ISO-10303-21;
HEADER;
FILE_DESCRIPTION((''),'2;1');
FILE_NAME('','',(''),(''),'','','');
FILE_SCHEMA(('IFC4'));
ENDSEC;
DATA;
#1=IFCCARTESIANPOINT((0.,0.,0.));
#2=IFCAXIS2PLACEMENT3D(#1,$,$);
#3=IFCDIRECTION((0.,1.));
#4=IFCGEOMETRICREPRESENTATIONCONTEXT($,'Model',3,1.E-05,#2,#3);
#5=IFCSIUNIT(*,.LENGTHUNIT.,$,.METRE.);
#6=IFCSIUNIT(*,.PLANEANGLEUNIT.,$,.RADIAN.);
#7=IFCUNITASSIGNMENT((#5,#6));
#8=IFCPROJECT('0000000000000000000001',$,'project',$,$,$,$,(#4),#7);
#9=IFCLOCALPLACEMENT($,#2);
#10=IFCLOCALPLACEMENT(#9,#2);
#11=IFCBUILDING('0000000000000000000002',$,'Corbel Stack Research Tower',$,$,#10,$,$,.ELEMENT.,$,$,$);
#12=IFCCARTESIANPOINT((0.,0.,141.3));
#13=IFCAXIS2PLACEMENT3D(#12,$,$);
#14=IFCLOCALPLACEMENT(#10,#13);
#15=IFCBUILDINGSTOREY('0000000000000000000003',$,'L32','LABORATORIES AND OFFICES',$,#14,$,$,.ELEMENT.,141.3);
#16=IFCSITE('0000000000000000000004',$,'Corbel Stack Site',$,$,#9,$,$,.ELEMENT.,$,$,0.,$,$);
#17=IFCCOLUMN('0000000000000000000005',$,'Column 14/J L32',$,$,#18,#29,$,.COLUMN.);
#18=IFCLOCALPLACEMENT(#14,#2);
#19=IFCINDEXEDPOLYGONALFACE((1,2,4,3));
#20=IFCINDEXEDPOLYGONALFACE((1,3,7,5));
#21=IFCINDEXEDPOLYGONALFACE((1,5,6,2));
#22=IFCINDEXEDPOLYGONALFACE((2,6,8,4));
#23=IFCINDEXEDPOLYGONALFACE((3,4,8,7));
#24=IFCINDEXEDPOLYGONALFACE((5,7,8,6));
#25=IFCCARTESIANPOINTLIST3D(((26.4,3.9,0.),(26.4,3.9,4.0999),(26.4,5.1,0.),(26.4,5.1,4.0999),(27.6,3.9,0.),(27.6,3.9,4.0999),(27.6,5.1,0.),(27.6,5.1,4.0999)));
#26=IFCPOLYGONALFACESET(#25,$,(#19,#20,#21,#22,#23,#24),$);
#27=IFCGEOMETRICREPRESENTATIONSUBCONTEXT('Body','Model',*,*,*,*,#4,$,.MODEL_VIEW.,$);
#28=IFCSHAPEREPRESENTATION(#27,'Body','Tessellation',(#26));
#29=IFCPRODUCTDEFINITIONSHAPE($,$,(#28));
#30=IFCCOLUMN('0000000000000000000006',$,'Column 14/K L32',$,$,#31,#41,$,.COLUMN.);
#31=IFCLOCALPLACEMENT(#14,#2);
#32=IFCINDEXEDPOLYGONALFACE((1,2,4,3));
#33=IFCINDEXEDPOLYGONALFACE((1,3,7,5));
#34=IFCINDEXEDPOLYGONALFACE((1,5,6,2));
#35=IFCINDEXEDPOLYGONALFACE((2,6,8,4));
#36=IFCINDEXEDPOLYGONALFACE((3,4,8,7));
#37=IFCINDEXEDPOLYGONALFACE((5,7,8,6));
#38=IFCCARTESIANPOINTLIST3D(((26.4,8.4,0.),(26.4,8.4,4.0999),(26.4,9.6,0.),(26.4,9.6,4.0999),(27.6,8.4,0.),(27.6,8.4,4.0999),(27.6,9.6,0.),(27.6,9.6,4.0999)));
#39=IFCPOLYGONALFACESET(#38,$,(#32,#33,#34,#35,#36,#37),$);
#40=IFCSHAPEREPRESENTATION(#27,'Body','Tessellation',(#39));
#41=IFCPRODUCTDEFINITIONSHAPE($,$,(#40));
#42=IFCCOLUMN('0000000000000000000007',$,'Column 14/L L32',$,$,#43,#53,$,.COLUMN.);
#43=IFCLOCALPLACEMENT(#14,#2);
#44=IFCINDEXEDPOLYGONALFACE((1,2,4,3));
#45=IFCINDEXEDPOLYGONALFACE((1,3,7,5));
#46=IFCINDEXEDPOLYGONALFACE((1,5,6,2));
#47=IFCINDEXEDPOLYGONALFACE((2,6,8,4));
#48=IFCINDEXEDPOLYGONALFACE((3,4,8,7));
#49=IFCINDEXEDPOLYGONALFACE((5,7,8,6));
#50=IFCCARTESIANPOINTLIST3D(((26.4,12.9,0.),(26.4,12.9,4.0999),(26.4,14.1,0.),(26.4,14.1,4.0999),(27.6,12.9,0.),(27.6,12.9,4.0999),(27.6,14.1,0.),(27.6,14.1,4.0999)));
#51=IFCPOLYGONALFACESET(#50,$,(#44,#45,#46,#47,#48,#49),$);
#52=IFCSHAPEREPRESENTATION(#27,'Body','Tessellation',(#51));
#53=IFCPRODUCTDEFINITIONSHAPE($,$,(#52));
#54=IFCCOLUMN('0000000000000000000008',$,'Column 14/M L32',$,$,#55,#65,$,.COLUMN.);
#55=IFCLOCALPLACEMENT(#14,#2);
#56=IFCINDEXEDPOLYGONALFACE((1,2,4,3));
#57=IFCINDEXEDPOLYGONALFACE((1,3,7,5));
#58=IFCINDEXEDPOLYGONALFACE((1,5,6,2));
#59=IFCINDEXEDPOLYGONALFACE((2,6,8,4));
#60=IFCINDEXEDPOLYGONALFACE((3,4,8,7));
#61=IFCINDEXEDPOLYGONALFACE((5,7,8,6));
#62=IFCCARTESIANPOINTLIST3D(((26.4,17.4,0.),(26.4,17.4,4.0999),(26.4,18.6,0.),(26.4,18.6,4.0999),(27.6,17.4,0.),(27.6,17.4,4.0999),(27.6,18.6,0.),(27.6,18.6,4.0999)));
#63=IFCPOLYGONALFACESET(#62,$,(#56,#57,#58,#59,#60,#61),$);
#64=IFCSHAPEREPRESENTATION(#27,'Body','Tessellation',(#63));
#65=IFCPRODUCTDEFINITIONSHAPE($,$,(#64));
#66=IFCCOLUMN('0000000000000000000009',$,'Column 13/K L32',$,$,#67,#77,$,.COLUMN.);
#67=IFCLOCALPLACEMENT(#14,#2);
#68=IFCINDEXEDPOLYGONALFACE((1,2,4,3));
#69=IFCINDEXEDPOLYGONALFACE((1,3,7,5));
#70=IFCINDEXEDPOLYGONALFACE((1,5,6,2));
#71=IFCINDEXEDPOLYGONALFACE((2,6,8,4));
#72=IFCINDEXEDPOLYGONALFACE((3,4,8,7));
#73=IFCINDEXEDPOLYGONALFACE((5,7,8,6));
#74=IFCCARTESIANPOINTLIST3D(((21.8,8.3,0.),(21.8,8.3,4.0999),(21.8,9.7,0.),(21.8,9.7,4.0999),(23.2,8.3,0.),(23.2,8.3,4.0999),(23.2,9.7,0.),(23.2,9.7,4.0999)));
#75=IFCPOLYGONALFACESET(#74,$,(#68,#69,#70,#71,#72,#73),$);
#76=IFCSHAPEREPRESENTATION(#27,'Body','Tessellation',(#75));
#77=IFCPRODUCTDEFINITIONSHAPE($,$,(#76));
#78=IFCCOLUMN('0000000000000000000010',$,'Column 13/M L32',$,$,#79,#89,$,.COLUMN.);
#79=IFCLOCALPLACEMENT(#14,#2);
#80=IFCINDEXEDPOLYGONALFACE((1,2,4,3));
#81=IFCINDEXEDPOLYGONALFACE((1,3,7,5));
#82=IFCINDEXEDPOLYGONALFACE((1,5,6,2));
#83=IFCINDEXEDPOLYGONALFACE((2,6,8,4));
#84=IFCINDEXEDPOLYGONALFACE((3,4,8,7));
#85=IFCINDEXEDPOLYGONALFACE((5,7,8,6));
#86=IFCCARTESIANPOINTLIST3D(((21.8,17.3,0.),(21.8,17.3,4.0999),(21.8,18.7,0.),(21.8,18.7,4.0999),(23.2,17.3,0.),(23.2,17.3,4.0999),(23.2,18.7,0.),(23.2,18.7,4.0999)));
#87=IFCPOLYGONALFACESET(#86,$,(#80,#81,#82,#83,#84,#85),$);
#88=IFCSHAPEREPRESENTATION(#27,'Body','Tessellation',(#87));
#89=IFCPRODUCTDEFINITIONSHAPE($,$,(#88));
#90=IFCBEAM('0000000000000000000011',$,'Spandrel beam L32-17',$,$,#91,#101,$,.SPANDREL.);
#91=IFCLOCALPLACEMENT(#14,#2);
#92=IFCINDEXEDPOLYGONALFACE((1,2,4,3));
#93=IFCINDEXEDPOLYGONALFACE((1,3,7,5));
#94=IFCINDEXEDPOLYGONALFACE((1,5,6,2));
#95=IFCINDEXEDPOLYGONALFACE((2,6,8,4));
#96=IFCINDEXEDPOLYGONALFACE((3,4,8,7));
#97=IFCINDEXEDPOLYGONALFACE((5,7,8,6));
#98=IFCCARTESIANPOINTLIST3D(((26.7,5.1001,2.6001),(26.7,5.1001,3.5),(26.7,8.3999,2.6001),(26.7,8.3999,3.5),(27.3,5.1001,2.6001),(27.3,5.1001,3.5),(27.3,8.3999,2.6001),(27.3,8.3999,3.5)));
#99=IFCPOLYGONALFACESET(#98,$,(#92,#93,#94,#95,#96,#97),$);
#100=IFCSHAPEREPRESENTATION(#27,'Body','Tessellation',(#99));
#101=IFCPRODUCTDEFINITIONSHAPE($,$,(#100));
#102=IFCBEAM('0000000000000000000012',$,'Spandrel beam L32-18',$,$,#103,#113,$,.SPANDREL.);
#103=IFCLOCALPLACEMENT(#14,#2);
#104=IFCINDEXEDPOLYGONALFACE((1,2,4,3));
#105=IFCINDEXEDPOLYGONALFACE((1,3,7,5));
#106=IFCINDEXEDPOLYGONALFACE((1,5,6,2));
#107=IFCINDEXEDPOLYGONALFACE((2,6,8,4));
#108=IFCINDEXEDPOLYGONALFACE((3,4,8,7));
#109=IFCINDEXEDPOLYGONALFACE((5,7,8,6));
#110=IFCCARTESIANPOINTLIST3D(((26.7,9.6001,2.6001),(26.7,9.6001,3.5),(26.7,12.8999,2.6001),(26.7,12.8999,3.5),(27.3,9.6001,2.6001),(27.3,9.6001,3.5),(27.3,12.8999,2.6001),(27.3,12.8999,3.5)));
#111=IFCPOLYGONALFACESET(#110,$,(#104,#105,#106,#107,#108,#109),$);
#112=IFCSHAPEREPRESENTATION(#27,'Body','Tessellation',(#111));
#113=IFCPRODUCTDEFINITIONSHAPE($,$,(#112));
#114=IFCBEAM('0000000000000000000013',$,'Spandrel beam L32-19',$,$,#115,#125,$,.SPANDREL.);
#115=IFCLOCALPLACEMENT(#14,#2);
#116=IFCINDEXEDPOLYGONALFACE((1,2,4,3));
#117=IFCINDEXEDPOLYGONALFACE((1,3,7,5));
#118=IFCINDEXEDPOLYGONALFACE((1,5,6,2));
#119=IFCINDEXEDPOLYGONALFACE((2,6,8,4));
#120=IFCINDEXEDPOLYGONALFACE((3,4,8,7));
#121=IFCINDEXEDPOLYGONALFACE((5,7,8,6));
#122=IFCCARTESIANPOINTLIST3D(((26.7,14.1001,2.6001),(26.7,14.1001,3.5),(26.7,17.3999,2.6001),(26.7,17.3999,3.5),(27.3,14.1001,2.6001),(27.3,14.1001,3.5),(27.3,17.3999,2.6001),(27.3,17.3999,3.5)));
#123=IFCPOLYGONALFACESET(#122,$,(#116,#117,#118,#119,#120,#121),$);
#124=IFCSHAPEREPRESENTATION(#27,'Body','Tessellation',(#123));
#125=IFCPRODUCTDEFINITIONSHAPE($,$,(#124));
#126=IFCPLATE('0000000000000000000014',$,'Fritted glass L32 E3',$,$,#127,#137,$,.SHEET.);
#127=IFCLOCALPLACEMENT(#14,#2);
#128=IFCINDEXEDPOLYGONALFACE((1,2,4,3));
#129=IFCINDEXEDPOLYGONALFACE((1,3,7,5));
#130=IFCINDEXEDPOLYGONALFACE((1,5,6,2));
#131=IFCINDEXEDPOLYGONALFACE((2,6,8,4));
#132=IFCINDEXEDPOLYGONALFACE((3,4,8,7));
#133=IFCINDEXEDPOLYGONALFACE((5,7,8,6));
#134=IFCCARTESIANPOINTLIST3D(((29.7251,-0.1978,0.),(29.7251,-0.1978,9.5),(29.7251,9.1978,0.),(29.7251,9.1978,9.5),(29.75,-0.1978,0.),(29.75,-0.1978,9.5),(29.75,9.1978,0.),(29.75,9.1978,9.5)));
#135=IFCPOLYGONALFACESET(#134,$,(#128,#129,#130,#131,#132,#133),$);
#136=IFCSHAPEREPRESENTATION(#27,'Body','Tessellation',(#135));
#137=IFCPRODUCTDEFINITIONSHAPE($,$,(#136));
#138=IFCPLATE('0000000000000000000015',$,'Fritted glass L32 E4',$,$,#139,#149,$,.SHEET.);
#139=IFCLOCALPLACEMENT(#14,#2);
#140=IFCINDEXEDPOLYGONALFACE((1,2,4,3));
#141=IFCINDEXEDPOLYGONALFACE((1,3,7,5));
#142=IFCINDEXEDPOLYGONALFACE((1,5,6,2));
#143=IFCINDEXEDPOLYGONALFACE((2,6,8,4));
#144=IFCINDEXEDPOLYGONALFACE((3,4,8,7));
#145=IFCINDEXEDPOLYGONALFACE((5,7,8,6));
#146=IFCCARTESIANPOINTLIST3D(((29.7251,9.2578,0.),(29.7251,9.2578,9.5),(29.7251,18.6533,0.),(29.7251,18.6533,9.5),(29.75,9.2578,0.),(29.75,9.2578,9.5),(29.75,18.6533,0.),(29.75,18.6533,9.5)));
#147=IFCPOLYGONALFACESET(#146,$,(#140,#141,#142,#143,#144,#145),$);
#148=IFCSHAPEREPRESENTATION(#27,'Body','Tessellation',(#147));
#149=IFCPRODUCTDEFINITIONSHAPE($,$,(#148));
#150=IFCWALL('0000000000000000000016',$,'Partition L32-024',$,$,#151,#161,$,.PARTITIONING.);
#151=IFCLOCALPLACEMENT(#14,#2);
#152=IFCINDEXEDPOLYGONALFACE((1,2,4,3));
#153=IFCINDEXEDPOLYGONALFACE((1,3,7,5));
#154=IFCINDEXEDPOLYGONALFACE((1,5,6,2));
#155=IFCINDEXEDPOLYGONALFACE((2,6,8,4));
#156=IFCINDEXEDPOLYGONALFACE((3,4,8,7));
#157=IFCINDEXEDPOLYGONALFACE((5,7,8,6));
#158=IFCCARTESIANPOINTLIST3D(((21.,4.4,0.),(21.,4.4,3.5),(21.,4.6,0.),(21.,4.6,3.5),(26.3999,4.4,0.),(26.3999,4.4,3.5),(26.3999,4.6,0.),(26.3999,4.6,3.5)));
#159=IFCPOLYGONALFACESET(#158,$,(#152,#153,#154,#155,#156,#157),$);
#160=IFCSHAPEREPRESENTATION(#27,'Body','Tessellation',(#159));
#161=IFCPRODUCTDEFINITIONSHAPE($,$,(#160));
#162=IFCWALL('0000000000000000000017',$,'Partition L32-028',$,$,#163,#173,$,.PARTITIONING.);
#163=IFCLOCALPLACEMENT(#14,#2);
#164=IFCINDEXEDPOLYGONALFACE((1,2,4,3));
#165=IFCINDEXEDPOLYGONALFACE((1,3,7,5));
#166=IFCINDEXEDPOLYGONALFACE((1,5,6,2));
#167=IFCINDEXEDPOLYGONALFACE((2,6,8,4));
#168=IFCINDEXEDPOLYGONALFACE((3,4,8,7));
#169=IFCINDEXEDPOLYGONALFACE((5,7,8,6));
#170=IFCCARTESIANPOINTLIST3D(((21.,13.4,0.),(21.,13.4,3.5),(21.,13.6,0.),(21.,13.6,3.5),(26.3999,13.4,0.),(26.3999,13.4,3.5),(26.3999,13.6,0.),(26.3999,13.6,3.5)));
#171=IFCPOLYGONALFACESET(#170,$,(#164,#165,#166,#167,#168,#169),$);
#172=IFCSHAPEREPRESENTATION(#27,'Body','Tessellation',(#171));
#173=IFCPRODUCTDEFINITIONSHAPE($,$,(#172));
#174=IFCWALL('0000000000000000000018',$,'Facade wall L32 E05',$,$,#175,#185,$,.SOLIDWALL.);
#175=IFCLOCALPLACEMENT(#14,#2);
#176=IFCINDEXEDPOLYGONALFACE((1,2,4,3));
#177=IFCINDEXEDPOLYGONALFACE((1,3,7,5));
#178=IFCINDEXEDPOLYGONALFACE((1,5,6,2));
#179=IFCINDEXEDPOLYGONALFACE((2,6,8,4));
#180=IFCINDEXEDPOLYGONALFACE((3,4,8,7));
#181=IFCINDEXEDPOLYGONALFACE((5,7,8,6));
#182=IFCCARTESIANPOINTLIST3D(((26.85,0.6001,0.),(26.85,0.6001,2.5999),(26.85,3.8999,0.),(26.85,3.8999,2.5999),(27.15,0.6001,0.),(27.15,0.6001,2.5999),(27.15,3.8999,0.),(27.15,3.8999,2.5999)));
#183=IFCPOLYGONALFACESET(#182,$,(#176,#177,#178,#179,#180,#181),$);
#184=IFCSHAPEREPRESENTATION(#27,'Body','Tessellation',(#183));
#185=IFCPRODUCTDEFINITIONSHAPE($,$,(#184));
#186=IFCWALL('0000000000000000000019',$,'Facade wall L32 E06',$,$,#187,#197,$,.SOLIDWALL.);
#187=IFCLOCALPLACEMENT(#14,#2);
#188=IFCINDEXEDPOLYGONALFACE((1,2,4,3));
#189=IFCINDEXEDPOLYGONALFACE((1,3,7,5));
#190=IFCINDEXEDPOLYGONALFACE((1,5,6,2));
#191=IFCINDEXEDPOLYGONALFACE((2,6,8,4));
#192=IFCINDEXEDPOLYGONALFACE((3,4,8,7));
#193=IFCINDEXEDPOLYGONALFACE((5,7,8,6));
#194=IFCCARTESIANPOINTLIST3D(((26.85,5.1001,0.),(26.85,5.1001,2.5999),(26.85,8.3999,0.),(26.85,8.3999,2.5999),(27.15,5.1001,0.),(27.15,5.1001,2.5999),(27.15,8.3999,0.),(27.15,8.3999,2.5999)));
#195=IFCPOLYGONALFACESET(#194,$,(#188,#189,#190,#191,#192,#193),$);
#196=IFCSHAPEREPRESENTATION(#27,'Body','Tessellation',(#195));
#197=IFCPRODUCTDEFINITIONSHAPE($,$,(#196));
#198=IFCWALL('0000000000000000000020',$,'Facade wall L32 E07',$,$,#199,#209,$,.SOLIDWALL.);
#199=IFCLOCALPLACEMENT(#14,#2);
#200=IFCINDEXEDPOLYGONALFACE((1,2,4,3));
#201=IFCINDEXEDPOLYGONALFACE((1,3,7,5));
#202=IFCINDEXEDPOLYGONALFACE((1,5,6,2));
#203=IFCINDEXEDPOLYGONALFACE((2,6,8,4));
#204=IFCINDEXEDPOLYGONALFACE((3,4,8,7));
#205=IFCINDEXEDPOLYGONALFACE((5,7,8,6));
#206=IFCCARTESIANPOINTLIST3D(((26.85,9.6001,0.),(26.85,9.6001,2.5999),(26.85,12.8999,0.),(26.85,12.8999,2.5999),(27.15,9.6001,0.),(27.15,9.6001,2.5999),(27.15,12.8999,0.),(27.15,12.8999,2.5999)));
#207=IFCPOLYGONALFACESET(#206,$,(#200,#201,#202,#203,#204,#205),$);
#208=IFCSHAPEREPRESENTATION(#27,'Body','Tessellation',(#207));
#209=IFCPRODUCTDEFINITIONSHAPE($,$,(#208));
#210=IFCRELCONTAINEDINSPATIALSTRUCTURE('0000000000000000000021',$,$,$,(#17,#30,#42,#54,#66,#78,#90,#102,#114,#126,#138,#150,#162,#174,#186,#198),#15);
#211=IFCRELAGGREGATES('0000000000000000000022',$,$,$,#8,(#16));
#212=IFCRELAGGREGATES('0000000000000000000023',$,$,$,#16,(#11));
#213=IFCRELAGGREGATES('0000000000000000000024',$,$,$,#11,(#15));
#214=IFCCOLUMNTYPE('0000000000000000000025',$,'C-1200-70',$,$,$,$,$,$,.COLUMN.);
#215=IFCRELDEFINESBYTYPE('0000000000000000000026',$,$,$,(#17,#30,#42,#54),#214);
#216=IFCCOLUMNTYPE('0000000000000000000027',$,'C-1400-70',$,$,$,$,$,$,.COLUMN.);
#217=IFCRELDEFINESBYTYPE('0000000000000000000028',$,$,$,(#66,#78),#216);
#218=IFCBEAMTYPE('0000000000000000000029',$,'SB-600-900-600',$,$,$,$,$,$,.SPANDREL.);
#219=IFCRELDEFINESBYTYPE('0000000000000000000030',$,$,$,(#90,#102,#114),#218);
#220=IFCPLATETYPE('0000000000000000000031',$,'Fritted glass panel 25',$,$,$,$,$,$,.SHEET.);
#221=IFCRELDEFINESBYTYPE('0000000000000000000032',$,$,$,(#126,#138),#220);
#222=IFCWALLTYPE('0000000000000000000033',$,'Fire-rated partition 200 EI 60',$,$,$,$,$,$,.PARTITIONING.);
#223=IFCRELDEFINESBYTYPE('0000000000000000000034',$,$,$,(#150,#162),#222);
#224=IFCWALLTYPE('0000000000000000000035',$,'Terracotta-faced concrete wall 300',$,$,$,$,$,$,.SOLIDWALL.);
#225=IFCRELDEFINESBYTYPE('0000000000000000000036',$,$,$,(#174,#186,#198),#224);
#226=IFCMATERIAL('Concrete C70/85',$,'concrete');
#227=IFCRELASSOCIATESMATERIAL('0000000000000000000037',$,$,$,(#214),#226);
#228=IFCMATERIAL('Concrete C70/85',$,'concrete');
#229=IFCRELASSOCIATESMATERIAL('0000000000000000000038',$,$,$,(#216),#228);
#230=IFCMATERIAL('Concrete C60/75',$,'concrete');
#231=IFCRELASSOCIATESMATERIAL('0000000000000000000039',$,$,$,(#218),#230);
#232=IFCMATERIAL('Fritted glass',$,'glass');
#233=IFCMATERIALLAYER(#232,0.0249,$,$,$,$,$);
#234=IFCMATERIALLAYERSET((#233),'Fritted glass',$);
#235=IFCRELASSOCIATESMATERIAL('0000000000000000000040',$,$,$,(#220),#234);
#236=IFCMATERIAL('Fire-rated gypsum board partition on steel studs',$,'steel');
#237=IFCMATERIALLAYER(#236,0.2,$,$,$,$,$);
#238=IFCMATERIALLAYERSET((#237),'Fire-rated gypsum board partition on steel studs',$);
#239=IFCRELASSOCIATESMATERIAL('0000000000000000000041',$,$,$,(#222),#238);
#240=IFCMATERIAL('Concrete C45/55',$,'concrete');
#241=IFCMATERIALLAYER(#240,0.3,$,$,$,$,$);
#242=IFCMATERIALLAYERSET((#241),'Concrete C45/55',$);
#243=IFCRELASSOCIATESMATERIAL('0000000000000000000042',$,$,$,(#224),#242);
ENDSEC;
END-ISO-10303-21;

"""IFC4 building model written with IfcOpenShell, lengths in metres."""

from ifc_helpers import new_model, si_unit, direction, frame, frame_2d, origin, origin_2d, place, context, subcontext, project, spatial, rectangle, extrude, material, layer, layer_set, material_profile, profile_set, type_object, element, save


model = new_model("IFC4")

# Units and contexts
model_context = context("Model", 3, precision=1e-05, world=origin(), true_north=direction((0.0, 1.0)))
body_context = subcontext(model_context, "Body", "Model", "MODEL_VIEW")
ifc_project = project(units=[si_unit("LENGTHUNIT", "METRE"), si_unit("PLANEANGLEUNIT", "RADIAN")], contexts=[model_context])

# Site, building, storey
site_placement = place(None, origin())
site = spatial("IfcSite", under=ifc_project, at=site_placement, Name="Corbel Stack Site", CompositionType="ELEMENT", RefElevation=0.0)
building_placement = place(site_placement, origin())
building = spatial("IfcBuilding", under=site, at=building_placement, Name="Corbel Stack Research Tower", CompositionType="ELEMENT")
storey_placement = place(building_placement, frame((0.0, 0.0, 141.3)))
storey = spatial("IfcBuildingStorey", under=building, at=storey_placement, Name="L32", Description="LABORATORIES AND OFFICES", CompositionType="ELEMENT", Elevation=141.3)

# Columns
ifc_material_1 = material(Name="Concrete C70/85", Category="concrete")
ifc_material_profile_1 = material_profile(ifc_material_1, rectangle(XDim=1.2, YDim=1.2, at=origin_2d()), Name="RC 1200 x 1200")
ifc_profile_set_1 = profile_set([ifc_material_profile_1], Name="Concrete C70/85")
column_type_1 = type_object("IfcColumnType", Name="C-1200-70", PredefinedType="COLUMN", material=ifc_profile_set_1)
for number, where, z_axis, x_axis, name in (
    (1, (27.0, 4.5, 0.0), (0.0, 0.0, 1.0), (1.0, 0.0, 0.0), "Column 14/J L32"),
    (2, (27.0, 9.0, 0.0), (0.0, 0.0, 1.0), (1.0, 0.0, 0.0), "Column 14/K L32"),
    (3, (27.0, 13.5, 0.0), (0.0, 0.0, 1.0), (1.0, 0.0, 0.0), "Column 14/L L32"),
    (4, (27.0, 18.0, 0.0), (0.0, 0.0, 1.0), (1.0, 0.0, 0.0), "Column 14/M L32"),
):
    element("IfcColumn", number, at=place(storey_placement, frame(where, z_axis=z_axis, x_axis=x_axis)), inside=storey, type_object=column_type_1, Name=name, PredefinedType="COLUMN", context=body_context, shape_type="SweptSolid", body=[
        extrude(rectangle(XDim=1.2, YDim=1.2, at=origin_2d()), origin(), (0.0, 0.0, 1.0), 4.0999),
    ])
ifc_material_2 = material(Name="Concrete C70/85", Category="concrete")
ifc_material_profile_2 = material_profile(ifc_material_2, rectangle(XDim=1.3999, YDim=1.3999, at=origin_2d()), Name="RC 1400 x 1400")
ifc_profile_set_2 = profile_set([ifc_material_profile_2], Name="Concrete C70/85")
column_type_2 = type_object("IfcColumnType", Name="C-1400-70", PredefinedType="COLUMN", material=ifc_profile_set_2)
for number, where, z_axis, x_axis, name in (
    (5, (22.5, 9.0, 0.0), (0.0, 0.0, 1.0), (1.0, 0.0, 0.0), "Column 13/K L32"),
    (6, (22.5, 18.0, 0.0), (0.0, 0.0, 1.0), (1.0, 0.0, 0.0), "Column 13/M L32"),
):
    element("IfcColumn", number, at=place(storey_placement, frame(where, z_axis=z_axis, x_axis=x_axis)), inside=storey, type_object=column_type_2, Name=name, PredefinedType="COLUMN", context=body_context, shape_type="SweptSolid", body=[
        extrude(rectangle(XDim=1.3999, YDim=1.3999, at=origin_2d()), origin(), (0.0, 0.0, 1.0), 4.0999),
    ])

# Beams
ifc_material_3 = material(Name="Concrete C60/75", Category="concrete")
ifc_material_profile_3 = material_profile(ifc_material_3, rectangle(XDim=0.6001, YDim=0.8999, at=origin_2d()), Name="RC 600 x 900")
ifc_profile_set_3 = profile_set([ifc_material_profile_3], Name="Concrete C60/75")
beam_type = type_object("IfcBeamType", Name="SB-600-900-600", PredefinedType="SPANDREL", material=ifc_profile_set_3)
for number, where, z_axis, x_axis, name in (
    (7, (27.0, 5.1001, 3.05), (0.0, 1.0, 0.0), (-1.0, 0.0, 0.0), "Spandrel beam L32-17"),
    (8, (27.0, 9.6001, 3.05), (0.0, 1.0, 0.0), (-1.0, 0.0, 0.0), "Spandrel beam L32-18"),
    (9, (27.0, 14.1001, 3.05), (0.0, 1.0, 0.0), (-1.0, 0.0, 0.0), "Spandrel beam L32-19"),
):
    element("IfcBeam", number, at=place(storey_placement, frame(where, z_axis=z_axis, x_axis=x_axis)), inside=storey, type_object=beam_type, Name=name, PredefinedType="SPANDREL", context=body_context, shape_type="SweptSolid", body=[
        extrude(rectangle(XDim=0.6001, YDim=0.8999, at=origin_2d()), origin(), (0.0, 0.0, 1.0), 3.2998),
    ])

# Plates
ifc_material_4 = material(Name="Fritted glass", Category="glass")
ifc_layer_1 = layer(ifc_material_4, 0.0249)
ifc_layer_set_1 = layer_set([ifc_layer_1], Name="Fritted glass")
plate_type = type_object("IfcPlateType", Name="Fritted glass panel 25", PredefinedType="SHEET", material=ifc_layer_set_1)
for number, where, z_axis, x_axis, name in (
    (10, (29.7375, 4.5, 0.0), (0.0, 0.0, 1.0), (0.0, 1.0, 0.0), "Fritted glass L32 E3"),
    (11, (29.7375, 13.9556, 0.0), (0.0, 0.0, 1.0), (0.0, 1.0, 0.0), "Fritted glass L32 E4"),
):
    element("IfcPlate", number, at=place(storey_placement, frame(where, z_axis=z_axis, x_axis=x_axis)), inside=storey, type_object=plate_type, Name=name, PredefinedType="SHEET", context=body_context, shape_type="SweptSolid", body=[
        extrude(rectangle(XDim=9.3955, YDim=0.0249, at=origin_2d()), origin(), (0.0, 0.0, 1.0), 9.5),
    ])

# Walls
ifc_material_5 = material(Name="Fire-rated gypsum board partition on steel studs", Category="steel")
ifc_layer_2 = layer(ifc_material_5, 0.2)
ifc_layer_set_2 = layer_set([ifc_layer_2], Name="Fire-rated gypsum board partition on steel studs")
wall_type_1 = type_object("IfcWallType", Name="Fire-rated partition 200 EI 60", PredefinedType="PARTITIONING", material=ifc_layer_set_2)
for number, where, z_axis, x_axis, name in (
    (12, (21.0, 4.5, 0.0), (0.0, 0.0, 1.0), (1.0, 0.0, 0.0), "Partition L32-024"),
    (13, (21.0, 13.5, 0.0), (0.0, 0.0, 1.0), (1.0, 0.0, 0.0), "Partition L32-028"),
):
    element("IfcWall", number, at=place(storey_placement, frame(where, z_axis=z_axis, x_axis=x_axis)), inside=storey, type_object=wall_type_1, Name=name, PredefinedType="PARTITIONING", context=body_context, shape_type="SweptSolid", body=[
        extrude(rectangle(XDim=5.3999, YDim=0.2, at=frame_2d((2.7, 0.0))), origin(), (0.0, 0.0, 1.0), 3.5),
    ])
ifc_material_6 = material(Name="Concrete C45/55", Category="concrete")
ifc_layer_3 = layer(ifc_material_6, 0.3)
ifc_layer_set_3 = layer_set([ifc_layer_3], Name="Concrete C45/55")
wall_type_2 = type_object("IfcWallType", Name="Terracotta-faced concrete wall 300", PredefinedType="SOLIDWALL", material=ifc_layer_set_3)
for number, where, z_axis, x_axis, name in (
    (14, (27.0, 3.8999, 0.0), (0.0, 0.0, 1.0), (0.0, -1.0, 0.0), "Facade wall L32 E05"),
    (15, (27.0, 8.3999, 0.0), (0.0, 0.0, 1.0), (0.0, -1.0, 0.0), "Facade wall L32 E06"),
    (16, (27.0, 12.8999, 0.0), (0.0, 0.0, 1.0), (0.0, -1.0, 0.0), "Facade wall L32 E07"),
):
    element("IfcWall", number, at=place(storey_placement, frame(where, z_axis=z_axis, x_axis=x_axis)), inside=storey, type_object=wall_type_2, Name=name, PredefinedType="SOLIDWALL", context=body_context, shape_type="SweptSolid", body=[
        extrude(rectangle(XDim=3.2998, YDim=0.3, at=frame_2d((1.6499, 0.0))), origin(), (0.0, 0.0, 1.0), 2.5999),
    ])

save(model, "model.ifc")
